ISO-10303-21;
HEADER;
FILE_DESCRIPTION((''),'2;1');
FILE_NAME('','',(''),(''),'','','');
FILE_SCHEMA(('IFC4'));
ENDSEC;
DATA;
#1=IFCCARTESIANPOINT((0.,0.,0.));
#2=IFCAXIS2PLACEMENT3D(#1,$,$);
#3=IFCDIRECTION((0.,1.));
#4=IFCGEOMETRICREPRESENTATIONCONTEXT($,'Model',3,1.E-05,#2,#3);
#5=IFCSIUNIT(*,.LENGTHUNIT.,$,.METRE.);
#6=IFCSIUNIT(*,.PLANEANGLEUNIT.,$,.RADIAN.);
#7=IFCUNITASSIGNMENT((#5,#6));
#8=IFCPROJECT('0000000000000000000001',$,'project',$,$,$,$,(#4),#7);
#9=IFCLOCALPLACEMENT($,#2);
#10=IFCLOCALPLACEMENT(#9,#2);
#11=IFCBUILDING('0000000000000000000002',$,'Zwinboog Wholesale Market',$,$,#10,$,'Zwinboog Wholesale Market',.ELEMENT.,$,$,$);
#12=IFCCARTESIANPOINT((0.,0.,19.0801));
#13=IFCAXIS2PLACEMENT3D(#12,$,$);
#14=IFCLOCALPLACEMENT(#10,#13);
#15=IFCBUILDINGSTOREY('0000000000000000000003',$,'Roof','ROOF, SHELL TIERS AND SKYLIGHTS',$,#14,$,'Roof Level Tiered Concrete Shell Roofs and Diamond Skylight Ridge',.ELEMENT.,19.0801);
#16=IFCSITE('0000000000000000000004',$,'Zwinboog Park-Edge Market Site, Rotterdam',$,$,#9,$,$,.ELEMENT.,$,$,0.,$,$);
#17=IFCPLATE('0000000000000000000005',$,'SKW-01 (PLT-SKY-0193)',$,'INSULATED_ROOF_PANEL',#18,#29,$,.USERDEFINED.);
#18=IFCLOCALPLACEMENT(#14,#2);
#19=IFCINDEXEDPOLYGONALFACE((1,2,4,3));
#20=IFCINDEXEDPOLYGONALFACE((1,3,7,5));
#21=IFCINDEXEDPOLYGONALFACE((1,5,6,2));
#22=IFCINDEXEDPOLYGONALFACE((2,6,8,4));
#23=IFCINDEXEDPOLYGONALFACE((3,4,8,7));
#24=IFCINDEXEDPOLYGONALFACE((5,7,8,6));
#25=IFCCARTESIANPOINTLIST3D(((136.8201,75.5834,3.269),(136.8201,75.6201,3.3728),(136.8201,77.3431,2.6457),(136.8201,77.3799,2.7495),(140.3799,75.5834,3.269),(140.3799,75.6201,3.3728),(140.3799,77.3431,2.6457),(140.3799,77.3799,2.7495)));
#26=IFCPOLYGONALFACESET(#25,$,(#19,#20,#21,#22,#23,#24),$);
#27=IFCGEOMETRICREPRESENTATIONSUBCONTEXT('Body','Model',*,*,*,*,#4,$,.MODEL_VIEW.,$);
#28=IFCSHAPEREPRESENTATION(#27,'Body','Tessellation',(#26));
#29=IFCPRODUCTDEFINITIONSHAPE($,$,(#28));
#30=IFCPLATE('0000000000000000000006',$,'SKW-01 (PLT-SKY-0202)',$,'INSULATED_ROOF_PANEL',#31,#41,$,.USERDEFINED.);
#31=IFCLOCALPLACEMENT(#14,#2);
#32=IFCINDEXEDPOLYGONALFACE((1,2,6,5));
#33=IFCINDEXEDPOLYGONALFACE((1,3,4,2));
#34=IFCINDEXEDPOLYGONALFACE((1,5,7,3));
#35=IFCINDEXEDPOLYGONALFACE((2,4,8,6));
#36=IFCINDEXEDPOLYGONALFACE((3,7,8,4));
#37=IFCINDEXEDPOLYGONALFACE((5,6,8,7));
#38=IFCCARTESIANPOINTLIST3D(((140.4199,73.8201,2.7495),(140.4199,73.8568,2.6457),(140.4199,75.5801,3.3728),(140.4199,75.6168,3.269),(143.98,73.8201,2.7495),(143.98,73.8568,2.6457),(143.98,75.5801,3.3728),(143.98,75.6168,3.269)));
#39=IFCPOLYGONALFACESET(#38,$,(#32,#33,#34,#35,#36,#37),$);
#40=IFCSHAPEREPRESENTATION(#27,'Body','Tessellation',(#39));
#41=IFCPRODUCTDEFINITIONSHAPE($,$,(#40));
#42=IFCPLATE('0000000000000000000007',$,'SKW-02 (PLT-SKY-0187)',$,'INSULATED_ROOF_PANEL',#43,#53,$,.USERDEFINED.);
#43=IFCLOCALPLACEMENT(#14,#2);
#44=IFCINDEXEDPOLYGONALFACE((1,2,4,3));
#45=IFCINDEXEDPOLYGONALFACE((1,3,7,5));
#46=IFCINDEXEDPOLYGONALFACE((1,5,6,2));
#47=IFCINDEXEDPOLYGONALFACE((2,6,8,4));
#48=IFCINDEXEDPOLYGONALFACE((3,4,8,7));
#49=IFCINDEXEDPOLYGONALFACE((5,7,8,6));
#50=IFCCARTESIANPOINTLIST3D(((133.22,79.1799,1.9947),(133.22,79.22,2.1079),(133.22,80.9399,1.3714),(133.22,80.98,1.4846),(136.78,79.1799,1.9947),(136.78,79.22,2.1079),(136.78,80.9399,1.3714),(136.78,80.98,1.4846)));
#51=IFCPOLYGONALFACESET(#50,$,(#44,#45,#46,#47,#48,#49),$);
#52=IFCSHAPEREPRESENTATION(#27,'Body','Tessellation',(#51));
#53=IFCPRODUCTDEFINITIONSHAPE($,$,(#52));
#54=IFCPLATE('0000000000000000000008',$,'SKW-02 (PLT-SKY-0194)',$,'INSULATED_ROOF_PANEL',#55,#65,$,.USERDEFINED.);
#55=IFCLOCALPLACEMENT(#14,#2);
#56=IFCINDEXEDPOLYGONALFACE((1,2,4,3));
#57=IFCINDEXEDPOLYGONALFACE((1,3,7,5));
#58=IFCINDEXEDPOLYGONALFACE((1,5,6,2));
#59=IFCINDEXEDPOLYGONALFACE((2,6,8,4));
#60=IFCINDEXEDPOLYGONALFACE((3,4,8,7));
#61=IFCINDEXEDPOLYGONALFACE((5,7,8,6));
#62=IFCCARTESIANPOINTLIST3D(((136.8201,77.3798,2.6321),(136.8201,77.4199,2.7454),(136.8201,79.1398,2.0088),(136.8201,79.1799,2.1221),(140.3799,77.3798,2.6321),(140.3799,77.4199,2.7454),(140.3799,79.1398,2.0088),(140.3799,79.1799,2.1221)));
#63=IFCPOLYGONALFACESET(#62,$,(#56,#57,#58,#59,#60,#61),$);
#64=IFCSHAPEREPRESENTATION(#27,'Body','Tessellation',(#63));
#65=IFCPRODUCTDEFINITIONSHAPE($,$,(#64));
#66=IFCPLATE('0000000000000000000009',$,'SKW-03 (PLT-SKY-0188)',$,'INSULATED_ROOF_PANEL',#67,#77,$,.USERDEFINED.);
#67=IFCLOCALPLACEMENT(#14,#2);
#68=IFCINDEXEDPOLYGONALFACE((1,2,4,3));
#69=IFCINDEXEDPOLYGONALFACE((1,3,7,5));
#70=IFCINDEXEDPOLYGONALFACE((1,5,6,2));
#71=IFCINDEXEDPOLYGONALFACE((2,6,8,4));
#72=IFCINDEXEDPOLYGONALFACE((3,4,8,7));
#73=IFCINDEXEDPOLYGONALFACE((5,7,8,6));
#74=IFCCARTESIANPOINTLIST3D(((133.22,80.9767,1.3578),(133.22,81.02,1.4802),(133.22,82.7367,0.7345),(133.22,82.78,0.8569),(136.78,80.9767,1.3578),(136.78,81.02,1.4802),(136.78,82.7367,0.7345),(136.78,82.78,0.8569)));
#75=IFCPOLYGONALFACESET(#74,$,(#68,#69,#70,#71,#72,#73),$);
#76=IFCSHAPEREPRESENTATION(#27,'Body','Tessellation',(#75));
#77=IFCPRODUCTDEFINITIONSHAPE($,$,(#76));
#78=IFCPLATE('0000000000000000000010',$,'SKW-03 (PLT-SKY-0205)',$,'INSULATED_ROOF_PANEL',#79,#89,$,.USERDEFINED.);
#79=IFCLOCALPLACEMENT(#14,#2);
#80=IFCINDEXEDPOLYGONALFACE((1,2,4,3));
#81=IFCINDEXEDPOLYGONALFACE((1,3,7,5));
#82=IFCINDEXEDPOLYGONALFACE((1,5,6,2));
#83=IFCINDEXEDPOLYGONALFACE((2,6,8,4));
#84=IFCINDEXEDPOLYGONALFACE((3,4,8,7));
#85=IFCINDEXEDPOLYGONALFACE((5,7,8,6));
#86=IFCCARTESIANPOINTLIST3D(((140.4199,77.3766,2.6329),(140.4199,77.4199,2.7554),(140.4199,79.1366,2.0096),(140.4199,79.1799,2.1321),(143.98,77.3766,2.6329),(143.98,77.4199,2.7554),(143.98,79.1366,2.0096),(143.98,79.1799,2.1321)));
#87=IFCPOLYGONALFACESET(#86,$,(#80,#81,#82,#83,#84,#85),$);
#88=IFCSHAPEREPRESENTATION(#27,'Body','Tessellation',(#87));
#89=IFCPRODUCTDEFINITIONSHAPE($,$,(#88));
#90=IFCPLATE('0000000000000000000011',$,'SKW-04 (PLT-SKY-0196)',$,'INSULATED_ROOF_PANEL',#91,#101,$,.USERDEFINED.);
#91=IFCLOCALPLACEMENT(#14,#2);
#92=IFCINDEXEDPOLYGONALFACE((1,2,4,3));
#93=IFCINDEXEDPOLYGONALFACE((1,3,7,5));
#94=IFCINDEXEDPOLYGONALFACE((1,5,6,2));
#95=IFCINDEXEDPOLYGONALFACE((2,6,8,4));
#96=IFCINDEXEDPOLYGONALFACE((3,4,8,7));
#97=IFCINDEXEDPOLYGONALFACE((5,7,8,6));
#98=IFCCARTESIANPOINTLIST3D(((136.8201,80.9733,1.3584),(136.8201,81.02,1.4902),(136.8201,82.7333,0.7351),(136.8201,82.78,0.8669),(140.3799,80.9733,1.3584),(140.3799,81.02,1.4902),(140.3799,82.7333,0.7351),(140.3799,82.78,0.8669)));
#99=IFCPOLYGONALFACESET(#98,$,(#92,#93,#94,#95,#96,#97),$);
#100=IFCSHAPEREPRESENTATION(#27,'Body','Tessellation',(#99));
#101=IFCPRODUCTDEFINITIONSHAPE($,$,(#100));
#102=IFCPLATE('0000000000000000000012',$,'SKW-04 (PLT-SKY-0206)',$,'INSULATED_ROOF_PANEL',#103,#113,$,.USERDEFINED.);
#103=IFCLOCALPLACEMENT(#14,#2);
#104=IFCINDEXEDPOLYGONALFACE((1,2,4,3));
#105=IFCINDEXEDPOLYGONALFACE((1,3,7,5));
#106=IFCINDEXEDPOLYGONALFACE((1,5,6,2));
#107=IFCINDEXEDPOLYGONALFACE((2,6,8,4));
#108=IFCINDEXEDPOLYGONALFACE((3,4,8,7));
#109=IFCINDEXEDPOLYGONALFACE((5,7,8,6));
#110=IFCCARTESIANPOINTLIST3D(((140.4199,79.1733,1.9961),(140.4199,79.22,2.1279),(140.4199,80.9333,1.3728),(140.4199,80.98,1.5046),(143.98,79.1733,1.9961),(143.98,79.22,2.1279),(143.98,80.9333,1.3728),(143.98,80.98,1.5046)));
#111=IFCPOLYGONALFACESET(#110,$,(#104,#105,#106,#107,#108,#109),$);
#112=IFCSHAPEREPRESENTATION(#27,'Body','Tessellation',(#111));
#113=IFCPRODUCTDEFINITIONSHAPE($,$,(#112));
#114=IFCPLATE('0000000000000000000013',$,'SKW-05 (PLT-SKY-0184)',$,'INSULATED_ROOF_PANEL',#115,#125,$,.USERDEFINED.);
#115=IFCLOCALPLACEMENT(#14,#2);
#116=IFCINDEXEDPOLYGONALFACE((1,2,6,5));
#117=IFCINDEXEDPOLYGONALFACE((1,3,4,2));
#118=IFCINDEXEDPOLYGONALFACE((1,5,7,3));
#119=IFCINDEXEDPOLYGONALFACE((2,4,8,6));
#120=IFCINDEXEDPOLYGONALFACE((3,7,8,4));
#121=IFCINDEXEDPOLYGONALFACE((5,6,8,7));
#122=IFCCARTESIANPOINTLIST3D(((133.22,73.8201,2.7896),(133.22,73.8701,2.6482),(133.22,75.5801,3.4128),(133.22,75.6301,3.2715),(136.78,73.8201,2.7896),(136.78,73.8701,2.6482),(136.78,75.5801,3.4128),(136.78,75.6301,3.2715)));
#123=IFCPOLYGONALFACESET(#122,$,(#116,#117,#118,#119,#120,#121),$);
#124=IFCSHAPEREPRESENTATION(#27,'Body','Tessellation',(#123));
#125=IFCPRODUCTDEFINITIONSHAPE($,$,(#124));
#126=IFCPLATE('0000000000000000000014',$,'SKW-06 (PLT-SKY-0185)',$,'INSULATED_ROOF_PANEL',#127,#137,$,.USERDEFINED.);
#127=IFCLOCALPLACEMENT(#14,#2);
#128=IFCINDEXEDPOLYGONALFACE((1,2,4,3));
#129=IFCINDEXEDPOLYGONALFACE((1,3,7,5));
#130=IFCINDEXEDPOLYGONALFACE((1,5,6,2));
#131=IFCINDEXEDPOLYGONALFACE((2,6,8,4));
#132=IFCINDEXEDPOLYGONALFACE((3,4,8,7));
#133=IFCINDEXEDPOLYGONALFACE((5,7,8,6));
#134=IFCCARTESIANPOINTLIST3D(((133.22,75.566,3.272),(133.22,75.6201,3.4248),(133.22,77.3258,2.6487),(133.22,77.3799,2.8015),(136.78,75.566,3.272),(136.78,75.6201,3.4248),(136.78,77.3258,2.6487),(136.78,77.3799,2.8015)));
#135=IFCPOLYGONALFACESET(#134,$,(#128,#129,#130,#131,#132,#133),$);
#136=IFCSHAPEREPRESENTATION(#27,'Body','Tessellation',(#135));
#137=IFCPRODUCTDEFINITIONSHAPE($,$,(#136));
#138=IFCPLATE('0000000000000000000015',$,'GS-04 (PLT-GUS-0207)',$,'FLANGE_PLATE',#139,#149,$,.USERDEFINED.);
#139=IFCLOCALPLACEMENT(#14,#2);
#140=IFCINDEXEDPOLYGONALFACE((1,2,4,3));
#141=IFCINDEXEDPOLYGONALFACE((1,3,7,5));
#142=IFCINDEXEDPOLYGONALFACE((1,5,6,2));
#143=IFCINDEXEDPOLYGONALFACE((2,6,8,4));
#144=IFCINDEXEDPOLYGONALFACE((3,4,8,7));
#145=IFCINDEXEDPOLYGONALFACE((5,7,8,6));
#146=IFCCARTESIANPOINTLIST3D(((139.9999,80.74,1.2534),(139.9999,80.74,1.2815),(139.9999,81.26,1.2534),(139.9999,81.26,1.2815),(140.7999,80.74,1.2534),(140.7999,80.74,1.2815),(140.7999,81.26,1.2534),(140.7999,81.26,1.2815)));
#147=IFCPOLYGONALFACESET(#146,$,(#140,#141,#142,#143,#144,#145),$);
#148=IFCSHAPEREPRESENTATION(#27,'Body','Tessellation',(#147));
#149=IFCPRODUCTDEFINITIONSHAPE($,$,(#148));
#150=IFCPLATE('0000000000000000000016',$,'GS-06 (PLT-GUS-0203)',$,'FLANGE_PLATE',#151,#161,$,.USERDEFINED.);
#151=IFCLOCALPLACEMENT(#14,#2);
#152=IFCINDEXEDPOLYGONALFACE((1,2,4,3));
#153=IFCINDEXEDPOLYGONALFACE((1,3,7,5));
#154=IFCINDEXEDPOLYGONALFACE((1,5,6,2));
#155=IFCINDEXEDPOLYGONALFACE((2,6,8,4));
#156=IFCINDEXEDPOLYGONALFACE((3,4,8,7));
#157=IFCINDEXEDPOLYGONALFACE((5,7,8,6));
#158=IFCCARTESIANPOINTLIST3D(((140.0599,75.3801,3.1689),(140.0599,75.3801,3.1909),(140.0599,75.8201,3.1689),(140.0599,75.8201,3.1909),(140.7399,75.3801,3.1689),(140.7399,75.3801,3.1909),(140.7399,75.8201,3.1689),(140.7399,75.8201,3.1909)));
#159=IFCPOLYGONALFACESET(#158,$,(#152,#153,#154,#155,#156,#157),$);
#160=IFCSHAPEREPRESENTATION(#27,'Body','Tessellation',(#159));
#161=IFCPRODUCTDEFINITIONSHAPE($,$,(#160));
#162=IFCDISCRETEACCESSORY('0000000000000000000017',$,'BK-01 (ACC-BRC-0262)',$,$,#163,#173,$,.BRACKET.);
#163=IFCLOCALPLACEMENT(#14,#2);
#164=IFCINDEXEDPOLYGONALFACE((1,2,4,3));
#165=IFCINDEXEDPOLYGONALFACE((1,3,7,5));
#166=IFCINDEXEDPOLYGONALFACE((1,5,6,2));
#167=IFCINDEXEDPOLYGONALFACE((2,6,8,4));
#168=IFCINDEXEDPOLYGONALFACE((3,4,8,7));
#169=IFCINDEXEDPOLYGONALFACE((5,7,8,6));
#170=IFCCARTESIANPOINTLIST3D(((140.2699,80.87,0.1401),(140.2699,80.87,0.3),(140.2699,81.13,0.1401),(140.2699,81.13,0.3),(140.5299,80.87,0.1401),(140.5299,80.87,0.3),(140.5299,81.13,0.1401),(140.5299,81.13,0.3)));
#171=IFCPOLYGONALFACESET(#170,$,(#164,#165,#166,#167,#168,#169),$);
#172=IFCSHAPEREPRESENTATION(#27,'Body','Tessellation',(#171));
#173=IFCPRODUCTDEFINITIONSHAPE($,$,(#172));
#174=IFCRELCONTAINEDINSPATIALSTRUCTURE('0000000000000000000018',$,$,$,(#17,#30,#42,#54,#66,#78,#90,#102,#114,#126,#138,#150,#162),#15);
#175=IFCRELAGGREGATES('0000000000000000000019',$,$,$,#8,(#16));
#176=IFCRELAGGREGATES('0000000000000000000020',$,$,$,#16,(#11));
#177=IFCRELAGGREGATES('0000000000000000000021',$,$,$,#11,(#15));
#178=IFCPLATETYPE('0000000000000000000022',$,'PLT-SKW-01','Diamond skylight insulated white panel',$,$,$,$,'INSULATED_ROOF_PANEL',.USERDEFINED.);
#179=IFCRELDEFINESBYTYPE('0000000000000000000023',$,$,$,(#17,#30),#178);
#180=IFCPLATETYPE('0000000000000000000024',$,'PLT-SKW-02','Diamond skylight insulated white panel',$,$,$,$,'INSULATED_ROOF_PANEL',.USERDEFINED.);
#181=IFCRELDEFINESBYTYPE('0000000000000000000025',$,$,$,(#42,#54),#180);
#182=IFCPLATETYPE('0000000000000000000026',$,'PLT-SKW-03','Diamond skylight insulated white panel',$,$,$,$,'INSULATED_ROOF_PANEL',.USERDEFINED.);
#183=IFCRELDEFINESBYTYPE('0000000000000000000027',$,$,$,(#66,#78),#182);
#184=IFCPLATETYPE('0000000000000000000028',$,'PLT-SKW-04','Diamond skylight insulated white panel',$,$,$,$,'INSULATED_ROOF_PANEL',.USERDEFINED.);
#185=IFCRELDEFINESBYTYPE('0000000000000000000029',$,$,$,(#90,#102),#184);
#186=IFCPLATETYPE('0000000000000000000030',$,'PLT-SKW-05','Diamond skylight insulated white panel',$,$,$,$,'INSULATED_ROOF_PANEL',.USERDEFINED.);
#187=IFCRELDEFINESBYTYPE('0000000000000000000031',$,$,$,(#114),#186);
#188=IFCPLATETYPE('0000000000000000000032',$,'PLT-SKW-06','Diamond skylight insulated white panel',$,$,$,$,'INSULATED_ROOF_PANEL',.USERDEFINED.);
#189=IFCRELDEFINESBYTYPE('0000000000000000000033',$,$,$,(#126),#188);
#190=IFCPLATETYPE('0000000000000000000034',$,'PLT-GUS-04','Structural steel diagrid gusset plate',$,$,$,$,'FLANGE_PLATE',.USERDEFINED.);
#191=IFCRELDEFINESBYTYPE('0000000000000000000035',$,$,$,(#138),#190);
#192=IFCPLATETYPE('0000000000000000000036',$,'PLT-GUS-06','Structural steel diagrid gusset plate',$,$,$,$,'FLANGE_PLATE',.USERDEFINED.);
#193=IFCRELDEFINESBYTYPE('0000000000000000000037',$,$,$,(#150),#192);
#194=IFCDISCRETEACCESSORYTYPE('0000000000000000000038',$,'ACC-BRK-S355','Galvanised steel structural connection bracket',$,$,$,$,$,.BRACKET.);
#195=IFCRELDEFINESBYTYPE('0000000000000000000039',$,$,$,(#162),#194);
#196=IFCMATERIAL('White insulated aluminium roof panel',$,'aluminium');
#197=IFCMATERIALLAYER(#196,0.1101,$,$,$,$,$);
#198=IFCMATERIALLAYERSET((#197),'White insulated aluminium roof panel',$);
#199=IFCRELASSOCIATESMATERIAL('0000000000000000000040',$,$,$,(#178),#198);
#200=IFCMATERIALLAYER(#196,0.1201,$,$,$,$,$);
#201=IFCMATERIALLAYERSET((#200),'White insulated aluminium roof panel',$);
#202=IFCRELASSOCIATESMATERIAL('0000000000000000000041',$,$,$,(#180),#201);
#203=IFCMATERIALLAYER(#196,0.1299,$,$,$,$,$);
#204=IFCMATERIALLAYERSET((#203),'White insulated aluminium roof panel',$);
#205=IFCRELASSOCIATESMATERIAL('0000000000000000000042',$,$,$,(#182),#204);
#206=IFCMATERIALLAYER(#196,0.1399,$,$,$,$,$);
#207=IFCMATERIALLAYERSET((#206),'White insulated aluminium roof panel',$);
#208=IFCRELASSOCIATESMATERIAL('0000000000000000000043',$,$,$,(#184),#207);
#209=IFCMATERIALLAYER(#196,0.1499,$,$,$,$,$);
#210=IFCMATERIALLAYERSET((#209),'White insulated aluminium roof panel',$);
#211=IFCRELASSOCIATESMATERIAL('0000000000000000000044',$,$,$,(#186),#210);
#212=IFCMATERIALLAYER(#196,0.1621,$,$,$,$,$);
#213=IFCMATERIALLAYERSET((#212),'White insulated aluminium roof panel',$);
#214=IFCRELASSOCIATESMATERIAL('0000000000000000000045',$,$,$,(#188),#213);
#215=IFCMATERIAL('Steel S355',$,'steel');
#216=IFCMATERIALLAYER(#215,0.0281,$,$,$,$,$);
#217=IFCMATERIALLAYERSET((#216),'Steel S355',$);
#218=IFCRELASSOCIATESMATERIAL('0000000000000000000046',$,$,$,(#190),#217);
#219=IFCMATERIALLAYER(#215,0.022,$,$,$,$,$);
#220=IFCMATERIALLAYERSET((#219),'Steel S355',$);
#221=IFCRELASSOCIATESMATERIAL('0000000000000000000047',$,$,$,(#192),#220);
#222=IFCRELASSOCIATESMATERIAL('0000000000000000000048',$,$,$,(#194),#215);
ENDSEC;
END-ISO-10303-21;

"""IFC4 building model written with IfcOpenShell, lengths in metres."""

from ifc_helpers import new_model, si_unit, direction, frame, origin, origin_2d, place, context, subcontext, project, spatial, polyline, rectangle, outline, extrude, material, layer, layer_set, type_object, element, save


model = new_model("IFC4")

# Units and contexts
model_context = context("Model", 3, precision=1e-05, world=origin(), true_north=direction((0.0, 1.0)))
body_context = subcontext(model_context, "Body", "Model", "MODEL_VIEW")
ifc_project = project(units=[si_unit("LENGTHUNIT", "METRE"), si_unit("PLANEANGLEUNIT", "RADIAN")], contexts=[model_context])

# Site, building, storey
site_placement = place(None, origin())
site = spatial("IfcSite", under=ifc_project, at=site_placement, Name="Zwinboog Park-Edge Market Site, Rotterdam", CompositionType="ELEMENT", RefElevation=0.0)
building_placement = place(site_placement, origin())
building = spatial("IfcBuilding", under=site, at=building_placement, Name="Zwinboog Wholesale Market", LongName="Zwinboog Wholesale Market", CompositionType="ELEMENT")
storey_placement = place(building_placement, frame((0.0, 0.0, 19.0801)))
storey = spatial("IfcBuildingStorey", under=building, at=storey_placement, Name="Roof", Description="ROOF, SHELL TIERS AND SKYLIGHTS", LongName="Roof Level Tiered Concrete Shell Roofs and Diamond Skylight Ridge", CompositionType="ELEMENT", Elevation=19.0801)

# Shared definitions
ifc_material_1 = material(Name="Steel S355", Category="steel")

# Plates
ifc_material_2 = material(Name="White insulated aluminium roof panel", Category="aluminium")
ifc_layer_1 = layer(ifc_material_2, 0.1101)
ifc_layer_set_1 = layer_set([ifc_layer_1], Name="White insulated aluminium roof panel")
plate_type_1 = type_object("IfcPlateType", Name="PLT-SKW-01", Description="Diamond skylight insulated white panel", ElementType="INSULATED_ROOF_PANEL", PredefinedType="USERDEFINED", material=ifc_layer_set_1)
plate_1_placement = place(storey_placement, frame((136.8201, 75.6201, 3.3728), z_axis=(0.0, 0.333867, 0.94262), x_axis=(1.0, 0.0, 0.0)))
element("IfcPlate", 1, at=plate_1_placement, inside=storey, type_object=plate_type_1, Name="SKW-01 (PLT-SKY-0193)", ObjectType="INSULATED_ROOF_PANEL", PredefinedType="USERDEFINED", context=body_context, shape_type="SweptSolid", body=[
    extrude(outline(polyline([(0.0, 0.0), (3.5598, 0.0), (3.5598, 1.8669), (0.0, 1.8669), (0.0, 0.0)])), origin(), (0.0, 0.0, -1.0), 0.1101),
])
plate_2_placement = place(storey_placement, frame((140.4199, 73.8201, 2.7495), z_axis=(0.0, -0.333825, 0.942635), x_axis=(1.0, 0.0, 0.0)))
element("IfcPlate", 2, at=plate_2_placement, inside=storey, type_object=plate_type_1, Name="SKW-01 (PLT-SKY-0202)", ObjectType="INSULATED_ROOF_PANEL", PredefinedType="USERDEFINED", context=body_context, shape_type="SweptSolid", body=[
    extrude(outline(polyline([(0.0, 0.0), (3.5601, 0.0), (3.5601, 1.8671), (0.0, 1.8671), (0.0, 0.0)])), origin(), (0.0, 0.0, -1.0), 0.1101),
])
ifc_layer_2 = layer(ifc_material_2, 0.1201)
ifc_layer_set_2 = layer_set([ifc_layer_2], Name="White insulated aluminium roof panel")
plate_type_2 = type_object("IfcPlateType", Name="PLT-SKW-02", Description="Diamond skylight insulated white panel", ElementType="INSULATED_ROOF_PANEL", PredefinedType="USERDEFINED", material=ifc_layer_set_2)
plate_3_placement = place(storey_placement, frame((133.22, 79.22, 2.1079), z_axis=(0.0, 0.333825, 0.942635), x_axis=(1.0, 0.0, 0.0)))
element("IfcPlate", 3, at=plate_3_placement, inside=storey, type_object=plate_type_2, Name="SKW-02 (PLT-SKY-0187)", ObjectType="INSULATED_ROOF_PANEL", PredefinedType="USERDEFINED", context=body_context, shape_type="SweptSolid", body=[
    extrude(outline(polyline([(0.0, 0.0), (3.5601, 0.0), (3.5601, 1.8671), (0.0, 1.8671), (0.0, 0.0)])), origin(), (0.0, 0.0, -1.0), 0.1201),
])
plate_4_placement = place(storey_placement, frame((136.8201, 77.4199, 2.7454), z_axis=(0.0, 0.333825, 0.942635), x_axis=(1.0, 0.0, 0.0)))
element("IfcPlate", 4, at=plate_4_placement, inside=storey, type_object=plate_type_2, Name="SKW-02 (PLT-SKY-0194)", ObjectType="INSULATED_ROOF_PANEL", PredefinedType="USERDEFINED", context=body_context, shape_type="SweptSolid", body=[
    extrude(outline(polyline([(0.0, 0.0), (3.5598, 0.0), (3.5598, 1.8671), (0.0, 1.8671), (0.0, 0.0)])), origin(), (0.0, 0.0, -1.0), 0.1201),
])
ifc_layer_3 = layer(ifc_material_2, 0.1299)
ifc_layer_set_3 = layer_set([ifc_layer_3], Name="White insulated aluminium roof panel")
plate_type_3 = type_object("IfcPlateType", Name="PLT-SKW-03", Description="Diamond skylight insulated white panel", ElementType="INSULATED_ROOF_PANEL", PredefinedType="USERDEFINED", material=ifc_layer_set_3)
for number, where, z_axis, x_axis, name in (
    (5, (133.22, 81.02, 1.4802), (0.0, 0.333825, 0.942635), (1.0, 0.0, 0.0), "SKW-03 (PLT-SKY-0188)"),
    (6, (140.4199, 77.4199, 2.7554), (0.0, 0.333825, 0.942635), (1.0, 0.0, 0.0), "SKW-03 (PLT-SKY-0205)"),
):
    element("IfcPlate", number, at=place(storey_placement, frame(where, z_axis=z_axis, x_axis=x_axis)), inside=storey, type_object=plate_type_3, Name=name, ObjectType="INSULATED_ROOF_PANEL", PredefinedType="USERDEFINED", context=body_context, shape_type="SweptSolid", body=[
        extrude(outline(polyline([(0.0, 0.0), (3.5601, 0.0), (3.5601, 1.8671), (0.0, 1.8671), (0.0, 0.0)])), origin(), (0.0, 0.0, -1.0), 0.1299),
    ])
ifc_layer_4 = layer(ifc_material_2, 0.1399)
ifc_layer_set_4 = layer_set([ifc_layer_4], Name="White insulated aluminium roof panel")
plate_type_4 = type_object("IfcPlateType", Name="PLT-SKW-04", Description="Diamond skylight insulated white panel", ElementType="INSULATED_ROOF_PANEL", PredefinedType="USERDEFINED", material=ifc_layer_set_4)
plate_5_placement = place(storey_placement, frame((136.8201, 81.02, 1.4902), z_axis=(0.0, 0.333825, 0.942635), x_axis=(1.0, 0.0, 0.0)))
element("IfcPlate", 7, at=plate_5_placement, inside=storey, type_object=plate_type_4, Name="SKW-04 (PLT-SKY-0196)", ObjectType="INSULATED_ROOF_PANEL", PredefinedType="USERDEFINED", context=body_context, shape_type="SweptSolid", body=[
    extrude(outline(polyline([(0.0, 0.0), (3.5598, 0.0), (3.5598, 1.8671), (0.0, 1.8671), (0.0, 0.0)])), origin(), (0.0, 0.0, -1.0), 0.1399),
])
plate_6_placement = place(storey_placement, frame((140.4199, 79.22, 2.1279), z_axis=(0.0, 0.333825, 0.942635), x_axis=(1.0, 0.0, 0.0)))
element("IfcPlate", 8, at=plate_6_placement, inside=storey, type_object=plate_type_4, Name="SKW-04 (PLT-SKY-0206)", ObjectType="INSULATED_ROOF_PANEL", PredefinedType="USERDEFINED", context=body_context, shape_type="SweptSolid", body=[
    extrude(outline(polyline([(0.0, 0.0), (3.5601, 0.0), (3.5601, 1.8671), (0.0, 1.8671), (0.0, 0.0)])), origin(), (0.0, 0.0, -1.0), 0.1399),
])
ifc_layer_5 = layer(ifc_material_2, 0.1499)
ifc_layer_set_5 = layer_set([ifc_layer_5], Name="White insulated aluminium roof panel")
plate_type_5 = type_object("IfcPlateType", Name="PLT-SKW-05", Description="Diamond skylight insulated white panel", ElementType="INSULATED_ROOF_PANEL", PredefinedType="USERDEFINED", material=ifc_layer_set_5)
plate_7_placement = place(storey_placement, frame((133.22, 73.8201, 2.7896), z_axis=(0.0, -0.333825, 0.942635), x_axis=(1.0, 0.0, 0.0)))
element("IfcPlate", 9, at=plate_7_placement, inside=storey, type_object=plate_type_5, Name="SKW-05 (PLT-SKY-0184)", ObjectType="INSULATED_ROOF_PANEL", PredefinedType="USERDEFINED", context=body_context, shape_type="SweptSolid", body=[
    extrude(outline(polyline([(0.0, 0.0), (3.5601, 0.0), (3.5601, 1.8671), (0.0, 1.8671), (0.0, 0.0)])), origin(), (0.0, 0.0, -1.0), 0.1499),
])
ifc_layer_6 = layer(ifc_material_2, 0.1621)
ifc_layer_set_6 = layer_set([ifc_layer_6], Name="White insulated aluminium roof panel")
plate_type_6 = type_object("IfcPlateType", Name="PLT-SKW-06", Description="Diamond skylight insulated white panel", ElementType="INSULATED_ROOF_PANEL", PredefinedType="USERDEFINED", material=ifc_layer_set_6)
plate_8_placement = place(storey_placement, frame((133.22, 75.6201, 3.4248), z_axis=(0.0, 0.333867, 0.94262), x_axis=(1.0, 0.0, 0.0)))
element("IfcPlate", 10, at=plate_8_placement, inside=storey, type_object=plate_type_6, Name="SKW-06 (PLT-SKY-0185)", ObjectType="INSULATED_ROOF_PANEL", PredefinedType="USERDEFINED", context=body_context, shape_type="SweptSolid", body=[
    extrude(outline(polyline([(0.0, 0.0), (3.5601, 0.0), (3.5601, 1.8669), (0.0, 1.8669), (0.0, 0.0)])), origin(), (0.0, 0.0, -1.0), 0.1621),
])
ifc_layer_7 = layer(ifc_material_1, 0.0281)
ifc_layer_set_7 = layer_set([ifc_layer_7], Name="Steel S355")
plate_type_7 = type_object("IfcPlateType", Name="PLT-GUS-04", Description="Structural steel diagrid gusset plate", ElementType="FLANGE_PLATE", PredefinedType="USERDEFINED", material=ifc_layer_set_7)
plate_9_placement = place(storey_placement, frame((140.3999, 81.0, 1.2534), z_axis=(0.0, 0.0, 1.0), x_axis=(1.0, 0.0, 0.0)))
element("IfcPlate", 11, at=plate_9_placement, inside=storey, type_object=plate_type_7, Name="GS-04 (PLT-GUS-0207)", ObjectType="FLANGE_PLATE", PredefinedType="USERDEFINED", context=body_context, shape_type="SweptSolid", body=[
    extrude(rectangle(XDim=0.8, YDim=0.52, at=origin_2d()), origin(), (0.0, 0.0, 1.0), 0.0281),
])
ifc_layer_8 = layer(ifc_material_1, 0.022)
ifc_layer_set_8 = layer_set([ifc_layer_8], Name="Steel S355")
plate_type_8 = type_object("IfcPlateType", Name="PLT-GUS-06", Description="Structural steel diagrid gusset plate", ElementType="FLANGE_PLATE", PredefinedType="USERDEFINED", material=ifc_layer_set_8)
plate_10_placement = place(storey_placement, frame((140.3999, 75.6001, 3.1689), z_axis=(0.0, 0.0, 1.0), x_axis=(1.0, 0.0, 0.0)))
element("IfcPlate", 12, at=plate_10_placement, inside=storey, type_object=plate_type_8, Name="GS-06 (PLT-GUS-0203)", ObjectType="FLANGE_PLATE", PredefinedType="USERDEFINED", context=body_context, shape_type="SweptSolid", body=[
    extrude(rectangle(XDim=0.6799, YDim=0.4399, at=origin_2d()), origin(), (0.0, 0.0, 1.0), 0.022),
])

# Discrete accessory
discrete_accessory_type = type_object("IfcDiscreteAccessoryType", Name="ACC-BRK-S355", Description="Galvanised steel structural connection bracket", PredefinedType="BRACKET", material=ifc_material_1)
for number, where, z_axis, x_axis, name in (
    (13, (140.3999, 81.0, 0.1401), (0.0, 0.0, 1.0), (1.0, 0.0, 0.0), "BK-01 (ACC-BRC-0262)"),
):
    element("IfcDiscreteAccessory", number, at=place(storey_placement, frame(where, z_axis=z_axis, x_axis=x_axis)), inside=storey, type_object=discrete_accessory_type, Name=name, PredefinedType="BRACKET", context=body_context, shape_type="SweptSolid", body=[
        extrude(rectangle(XDim=0.26, YDim=0.26, at=origin_2d()), origin(), (0.0, 0.0, 1.0), 0.1599),
    ])

save(model, "model.ifc")
